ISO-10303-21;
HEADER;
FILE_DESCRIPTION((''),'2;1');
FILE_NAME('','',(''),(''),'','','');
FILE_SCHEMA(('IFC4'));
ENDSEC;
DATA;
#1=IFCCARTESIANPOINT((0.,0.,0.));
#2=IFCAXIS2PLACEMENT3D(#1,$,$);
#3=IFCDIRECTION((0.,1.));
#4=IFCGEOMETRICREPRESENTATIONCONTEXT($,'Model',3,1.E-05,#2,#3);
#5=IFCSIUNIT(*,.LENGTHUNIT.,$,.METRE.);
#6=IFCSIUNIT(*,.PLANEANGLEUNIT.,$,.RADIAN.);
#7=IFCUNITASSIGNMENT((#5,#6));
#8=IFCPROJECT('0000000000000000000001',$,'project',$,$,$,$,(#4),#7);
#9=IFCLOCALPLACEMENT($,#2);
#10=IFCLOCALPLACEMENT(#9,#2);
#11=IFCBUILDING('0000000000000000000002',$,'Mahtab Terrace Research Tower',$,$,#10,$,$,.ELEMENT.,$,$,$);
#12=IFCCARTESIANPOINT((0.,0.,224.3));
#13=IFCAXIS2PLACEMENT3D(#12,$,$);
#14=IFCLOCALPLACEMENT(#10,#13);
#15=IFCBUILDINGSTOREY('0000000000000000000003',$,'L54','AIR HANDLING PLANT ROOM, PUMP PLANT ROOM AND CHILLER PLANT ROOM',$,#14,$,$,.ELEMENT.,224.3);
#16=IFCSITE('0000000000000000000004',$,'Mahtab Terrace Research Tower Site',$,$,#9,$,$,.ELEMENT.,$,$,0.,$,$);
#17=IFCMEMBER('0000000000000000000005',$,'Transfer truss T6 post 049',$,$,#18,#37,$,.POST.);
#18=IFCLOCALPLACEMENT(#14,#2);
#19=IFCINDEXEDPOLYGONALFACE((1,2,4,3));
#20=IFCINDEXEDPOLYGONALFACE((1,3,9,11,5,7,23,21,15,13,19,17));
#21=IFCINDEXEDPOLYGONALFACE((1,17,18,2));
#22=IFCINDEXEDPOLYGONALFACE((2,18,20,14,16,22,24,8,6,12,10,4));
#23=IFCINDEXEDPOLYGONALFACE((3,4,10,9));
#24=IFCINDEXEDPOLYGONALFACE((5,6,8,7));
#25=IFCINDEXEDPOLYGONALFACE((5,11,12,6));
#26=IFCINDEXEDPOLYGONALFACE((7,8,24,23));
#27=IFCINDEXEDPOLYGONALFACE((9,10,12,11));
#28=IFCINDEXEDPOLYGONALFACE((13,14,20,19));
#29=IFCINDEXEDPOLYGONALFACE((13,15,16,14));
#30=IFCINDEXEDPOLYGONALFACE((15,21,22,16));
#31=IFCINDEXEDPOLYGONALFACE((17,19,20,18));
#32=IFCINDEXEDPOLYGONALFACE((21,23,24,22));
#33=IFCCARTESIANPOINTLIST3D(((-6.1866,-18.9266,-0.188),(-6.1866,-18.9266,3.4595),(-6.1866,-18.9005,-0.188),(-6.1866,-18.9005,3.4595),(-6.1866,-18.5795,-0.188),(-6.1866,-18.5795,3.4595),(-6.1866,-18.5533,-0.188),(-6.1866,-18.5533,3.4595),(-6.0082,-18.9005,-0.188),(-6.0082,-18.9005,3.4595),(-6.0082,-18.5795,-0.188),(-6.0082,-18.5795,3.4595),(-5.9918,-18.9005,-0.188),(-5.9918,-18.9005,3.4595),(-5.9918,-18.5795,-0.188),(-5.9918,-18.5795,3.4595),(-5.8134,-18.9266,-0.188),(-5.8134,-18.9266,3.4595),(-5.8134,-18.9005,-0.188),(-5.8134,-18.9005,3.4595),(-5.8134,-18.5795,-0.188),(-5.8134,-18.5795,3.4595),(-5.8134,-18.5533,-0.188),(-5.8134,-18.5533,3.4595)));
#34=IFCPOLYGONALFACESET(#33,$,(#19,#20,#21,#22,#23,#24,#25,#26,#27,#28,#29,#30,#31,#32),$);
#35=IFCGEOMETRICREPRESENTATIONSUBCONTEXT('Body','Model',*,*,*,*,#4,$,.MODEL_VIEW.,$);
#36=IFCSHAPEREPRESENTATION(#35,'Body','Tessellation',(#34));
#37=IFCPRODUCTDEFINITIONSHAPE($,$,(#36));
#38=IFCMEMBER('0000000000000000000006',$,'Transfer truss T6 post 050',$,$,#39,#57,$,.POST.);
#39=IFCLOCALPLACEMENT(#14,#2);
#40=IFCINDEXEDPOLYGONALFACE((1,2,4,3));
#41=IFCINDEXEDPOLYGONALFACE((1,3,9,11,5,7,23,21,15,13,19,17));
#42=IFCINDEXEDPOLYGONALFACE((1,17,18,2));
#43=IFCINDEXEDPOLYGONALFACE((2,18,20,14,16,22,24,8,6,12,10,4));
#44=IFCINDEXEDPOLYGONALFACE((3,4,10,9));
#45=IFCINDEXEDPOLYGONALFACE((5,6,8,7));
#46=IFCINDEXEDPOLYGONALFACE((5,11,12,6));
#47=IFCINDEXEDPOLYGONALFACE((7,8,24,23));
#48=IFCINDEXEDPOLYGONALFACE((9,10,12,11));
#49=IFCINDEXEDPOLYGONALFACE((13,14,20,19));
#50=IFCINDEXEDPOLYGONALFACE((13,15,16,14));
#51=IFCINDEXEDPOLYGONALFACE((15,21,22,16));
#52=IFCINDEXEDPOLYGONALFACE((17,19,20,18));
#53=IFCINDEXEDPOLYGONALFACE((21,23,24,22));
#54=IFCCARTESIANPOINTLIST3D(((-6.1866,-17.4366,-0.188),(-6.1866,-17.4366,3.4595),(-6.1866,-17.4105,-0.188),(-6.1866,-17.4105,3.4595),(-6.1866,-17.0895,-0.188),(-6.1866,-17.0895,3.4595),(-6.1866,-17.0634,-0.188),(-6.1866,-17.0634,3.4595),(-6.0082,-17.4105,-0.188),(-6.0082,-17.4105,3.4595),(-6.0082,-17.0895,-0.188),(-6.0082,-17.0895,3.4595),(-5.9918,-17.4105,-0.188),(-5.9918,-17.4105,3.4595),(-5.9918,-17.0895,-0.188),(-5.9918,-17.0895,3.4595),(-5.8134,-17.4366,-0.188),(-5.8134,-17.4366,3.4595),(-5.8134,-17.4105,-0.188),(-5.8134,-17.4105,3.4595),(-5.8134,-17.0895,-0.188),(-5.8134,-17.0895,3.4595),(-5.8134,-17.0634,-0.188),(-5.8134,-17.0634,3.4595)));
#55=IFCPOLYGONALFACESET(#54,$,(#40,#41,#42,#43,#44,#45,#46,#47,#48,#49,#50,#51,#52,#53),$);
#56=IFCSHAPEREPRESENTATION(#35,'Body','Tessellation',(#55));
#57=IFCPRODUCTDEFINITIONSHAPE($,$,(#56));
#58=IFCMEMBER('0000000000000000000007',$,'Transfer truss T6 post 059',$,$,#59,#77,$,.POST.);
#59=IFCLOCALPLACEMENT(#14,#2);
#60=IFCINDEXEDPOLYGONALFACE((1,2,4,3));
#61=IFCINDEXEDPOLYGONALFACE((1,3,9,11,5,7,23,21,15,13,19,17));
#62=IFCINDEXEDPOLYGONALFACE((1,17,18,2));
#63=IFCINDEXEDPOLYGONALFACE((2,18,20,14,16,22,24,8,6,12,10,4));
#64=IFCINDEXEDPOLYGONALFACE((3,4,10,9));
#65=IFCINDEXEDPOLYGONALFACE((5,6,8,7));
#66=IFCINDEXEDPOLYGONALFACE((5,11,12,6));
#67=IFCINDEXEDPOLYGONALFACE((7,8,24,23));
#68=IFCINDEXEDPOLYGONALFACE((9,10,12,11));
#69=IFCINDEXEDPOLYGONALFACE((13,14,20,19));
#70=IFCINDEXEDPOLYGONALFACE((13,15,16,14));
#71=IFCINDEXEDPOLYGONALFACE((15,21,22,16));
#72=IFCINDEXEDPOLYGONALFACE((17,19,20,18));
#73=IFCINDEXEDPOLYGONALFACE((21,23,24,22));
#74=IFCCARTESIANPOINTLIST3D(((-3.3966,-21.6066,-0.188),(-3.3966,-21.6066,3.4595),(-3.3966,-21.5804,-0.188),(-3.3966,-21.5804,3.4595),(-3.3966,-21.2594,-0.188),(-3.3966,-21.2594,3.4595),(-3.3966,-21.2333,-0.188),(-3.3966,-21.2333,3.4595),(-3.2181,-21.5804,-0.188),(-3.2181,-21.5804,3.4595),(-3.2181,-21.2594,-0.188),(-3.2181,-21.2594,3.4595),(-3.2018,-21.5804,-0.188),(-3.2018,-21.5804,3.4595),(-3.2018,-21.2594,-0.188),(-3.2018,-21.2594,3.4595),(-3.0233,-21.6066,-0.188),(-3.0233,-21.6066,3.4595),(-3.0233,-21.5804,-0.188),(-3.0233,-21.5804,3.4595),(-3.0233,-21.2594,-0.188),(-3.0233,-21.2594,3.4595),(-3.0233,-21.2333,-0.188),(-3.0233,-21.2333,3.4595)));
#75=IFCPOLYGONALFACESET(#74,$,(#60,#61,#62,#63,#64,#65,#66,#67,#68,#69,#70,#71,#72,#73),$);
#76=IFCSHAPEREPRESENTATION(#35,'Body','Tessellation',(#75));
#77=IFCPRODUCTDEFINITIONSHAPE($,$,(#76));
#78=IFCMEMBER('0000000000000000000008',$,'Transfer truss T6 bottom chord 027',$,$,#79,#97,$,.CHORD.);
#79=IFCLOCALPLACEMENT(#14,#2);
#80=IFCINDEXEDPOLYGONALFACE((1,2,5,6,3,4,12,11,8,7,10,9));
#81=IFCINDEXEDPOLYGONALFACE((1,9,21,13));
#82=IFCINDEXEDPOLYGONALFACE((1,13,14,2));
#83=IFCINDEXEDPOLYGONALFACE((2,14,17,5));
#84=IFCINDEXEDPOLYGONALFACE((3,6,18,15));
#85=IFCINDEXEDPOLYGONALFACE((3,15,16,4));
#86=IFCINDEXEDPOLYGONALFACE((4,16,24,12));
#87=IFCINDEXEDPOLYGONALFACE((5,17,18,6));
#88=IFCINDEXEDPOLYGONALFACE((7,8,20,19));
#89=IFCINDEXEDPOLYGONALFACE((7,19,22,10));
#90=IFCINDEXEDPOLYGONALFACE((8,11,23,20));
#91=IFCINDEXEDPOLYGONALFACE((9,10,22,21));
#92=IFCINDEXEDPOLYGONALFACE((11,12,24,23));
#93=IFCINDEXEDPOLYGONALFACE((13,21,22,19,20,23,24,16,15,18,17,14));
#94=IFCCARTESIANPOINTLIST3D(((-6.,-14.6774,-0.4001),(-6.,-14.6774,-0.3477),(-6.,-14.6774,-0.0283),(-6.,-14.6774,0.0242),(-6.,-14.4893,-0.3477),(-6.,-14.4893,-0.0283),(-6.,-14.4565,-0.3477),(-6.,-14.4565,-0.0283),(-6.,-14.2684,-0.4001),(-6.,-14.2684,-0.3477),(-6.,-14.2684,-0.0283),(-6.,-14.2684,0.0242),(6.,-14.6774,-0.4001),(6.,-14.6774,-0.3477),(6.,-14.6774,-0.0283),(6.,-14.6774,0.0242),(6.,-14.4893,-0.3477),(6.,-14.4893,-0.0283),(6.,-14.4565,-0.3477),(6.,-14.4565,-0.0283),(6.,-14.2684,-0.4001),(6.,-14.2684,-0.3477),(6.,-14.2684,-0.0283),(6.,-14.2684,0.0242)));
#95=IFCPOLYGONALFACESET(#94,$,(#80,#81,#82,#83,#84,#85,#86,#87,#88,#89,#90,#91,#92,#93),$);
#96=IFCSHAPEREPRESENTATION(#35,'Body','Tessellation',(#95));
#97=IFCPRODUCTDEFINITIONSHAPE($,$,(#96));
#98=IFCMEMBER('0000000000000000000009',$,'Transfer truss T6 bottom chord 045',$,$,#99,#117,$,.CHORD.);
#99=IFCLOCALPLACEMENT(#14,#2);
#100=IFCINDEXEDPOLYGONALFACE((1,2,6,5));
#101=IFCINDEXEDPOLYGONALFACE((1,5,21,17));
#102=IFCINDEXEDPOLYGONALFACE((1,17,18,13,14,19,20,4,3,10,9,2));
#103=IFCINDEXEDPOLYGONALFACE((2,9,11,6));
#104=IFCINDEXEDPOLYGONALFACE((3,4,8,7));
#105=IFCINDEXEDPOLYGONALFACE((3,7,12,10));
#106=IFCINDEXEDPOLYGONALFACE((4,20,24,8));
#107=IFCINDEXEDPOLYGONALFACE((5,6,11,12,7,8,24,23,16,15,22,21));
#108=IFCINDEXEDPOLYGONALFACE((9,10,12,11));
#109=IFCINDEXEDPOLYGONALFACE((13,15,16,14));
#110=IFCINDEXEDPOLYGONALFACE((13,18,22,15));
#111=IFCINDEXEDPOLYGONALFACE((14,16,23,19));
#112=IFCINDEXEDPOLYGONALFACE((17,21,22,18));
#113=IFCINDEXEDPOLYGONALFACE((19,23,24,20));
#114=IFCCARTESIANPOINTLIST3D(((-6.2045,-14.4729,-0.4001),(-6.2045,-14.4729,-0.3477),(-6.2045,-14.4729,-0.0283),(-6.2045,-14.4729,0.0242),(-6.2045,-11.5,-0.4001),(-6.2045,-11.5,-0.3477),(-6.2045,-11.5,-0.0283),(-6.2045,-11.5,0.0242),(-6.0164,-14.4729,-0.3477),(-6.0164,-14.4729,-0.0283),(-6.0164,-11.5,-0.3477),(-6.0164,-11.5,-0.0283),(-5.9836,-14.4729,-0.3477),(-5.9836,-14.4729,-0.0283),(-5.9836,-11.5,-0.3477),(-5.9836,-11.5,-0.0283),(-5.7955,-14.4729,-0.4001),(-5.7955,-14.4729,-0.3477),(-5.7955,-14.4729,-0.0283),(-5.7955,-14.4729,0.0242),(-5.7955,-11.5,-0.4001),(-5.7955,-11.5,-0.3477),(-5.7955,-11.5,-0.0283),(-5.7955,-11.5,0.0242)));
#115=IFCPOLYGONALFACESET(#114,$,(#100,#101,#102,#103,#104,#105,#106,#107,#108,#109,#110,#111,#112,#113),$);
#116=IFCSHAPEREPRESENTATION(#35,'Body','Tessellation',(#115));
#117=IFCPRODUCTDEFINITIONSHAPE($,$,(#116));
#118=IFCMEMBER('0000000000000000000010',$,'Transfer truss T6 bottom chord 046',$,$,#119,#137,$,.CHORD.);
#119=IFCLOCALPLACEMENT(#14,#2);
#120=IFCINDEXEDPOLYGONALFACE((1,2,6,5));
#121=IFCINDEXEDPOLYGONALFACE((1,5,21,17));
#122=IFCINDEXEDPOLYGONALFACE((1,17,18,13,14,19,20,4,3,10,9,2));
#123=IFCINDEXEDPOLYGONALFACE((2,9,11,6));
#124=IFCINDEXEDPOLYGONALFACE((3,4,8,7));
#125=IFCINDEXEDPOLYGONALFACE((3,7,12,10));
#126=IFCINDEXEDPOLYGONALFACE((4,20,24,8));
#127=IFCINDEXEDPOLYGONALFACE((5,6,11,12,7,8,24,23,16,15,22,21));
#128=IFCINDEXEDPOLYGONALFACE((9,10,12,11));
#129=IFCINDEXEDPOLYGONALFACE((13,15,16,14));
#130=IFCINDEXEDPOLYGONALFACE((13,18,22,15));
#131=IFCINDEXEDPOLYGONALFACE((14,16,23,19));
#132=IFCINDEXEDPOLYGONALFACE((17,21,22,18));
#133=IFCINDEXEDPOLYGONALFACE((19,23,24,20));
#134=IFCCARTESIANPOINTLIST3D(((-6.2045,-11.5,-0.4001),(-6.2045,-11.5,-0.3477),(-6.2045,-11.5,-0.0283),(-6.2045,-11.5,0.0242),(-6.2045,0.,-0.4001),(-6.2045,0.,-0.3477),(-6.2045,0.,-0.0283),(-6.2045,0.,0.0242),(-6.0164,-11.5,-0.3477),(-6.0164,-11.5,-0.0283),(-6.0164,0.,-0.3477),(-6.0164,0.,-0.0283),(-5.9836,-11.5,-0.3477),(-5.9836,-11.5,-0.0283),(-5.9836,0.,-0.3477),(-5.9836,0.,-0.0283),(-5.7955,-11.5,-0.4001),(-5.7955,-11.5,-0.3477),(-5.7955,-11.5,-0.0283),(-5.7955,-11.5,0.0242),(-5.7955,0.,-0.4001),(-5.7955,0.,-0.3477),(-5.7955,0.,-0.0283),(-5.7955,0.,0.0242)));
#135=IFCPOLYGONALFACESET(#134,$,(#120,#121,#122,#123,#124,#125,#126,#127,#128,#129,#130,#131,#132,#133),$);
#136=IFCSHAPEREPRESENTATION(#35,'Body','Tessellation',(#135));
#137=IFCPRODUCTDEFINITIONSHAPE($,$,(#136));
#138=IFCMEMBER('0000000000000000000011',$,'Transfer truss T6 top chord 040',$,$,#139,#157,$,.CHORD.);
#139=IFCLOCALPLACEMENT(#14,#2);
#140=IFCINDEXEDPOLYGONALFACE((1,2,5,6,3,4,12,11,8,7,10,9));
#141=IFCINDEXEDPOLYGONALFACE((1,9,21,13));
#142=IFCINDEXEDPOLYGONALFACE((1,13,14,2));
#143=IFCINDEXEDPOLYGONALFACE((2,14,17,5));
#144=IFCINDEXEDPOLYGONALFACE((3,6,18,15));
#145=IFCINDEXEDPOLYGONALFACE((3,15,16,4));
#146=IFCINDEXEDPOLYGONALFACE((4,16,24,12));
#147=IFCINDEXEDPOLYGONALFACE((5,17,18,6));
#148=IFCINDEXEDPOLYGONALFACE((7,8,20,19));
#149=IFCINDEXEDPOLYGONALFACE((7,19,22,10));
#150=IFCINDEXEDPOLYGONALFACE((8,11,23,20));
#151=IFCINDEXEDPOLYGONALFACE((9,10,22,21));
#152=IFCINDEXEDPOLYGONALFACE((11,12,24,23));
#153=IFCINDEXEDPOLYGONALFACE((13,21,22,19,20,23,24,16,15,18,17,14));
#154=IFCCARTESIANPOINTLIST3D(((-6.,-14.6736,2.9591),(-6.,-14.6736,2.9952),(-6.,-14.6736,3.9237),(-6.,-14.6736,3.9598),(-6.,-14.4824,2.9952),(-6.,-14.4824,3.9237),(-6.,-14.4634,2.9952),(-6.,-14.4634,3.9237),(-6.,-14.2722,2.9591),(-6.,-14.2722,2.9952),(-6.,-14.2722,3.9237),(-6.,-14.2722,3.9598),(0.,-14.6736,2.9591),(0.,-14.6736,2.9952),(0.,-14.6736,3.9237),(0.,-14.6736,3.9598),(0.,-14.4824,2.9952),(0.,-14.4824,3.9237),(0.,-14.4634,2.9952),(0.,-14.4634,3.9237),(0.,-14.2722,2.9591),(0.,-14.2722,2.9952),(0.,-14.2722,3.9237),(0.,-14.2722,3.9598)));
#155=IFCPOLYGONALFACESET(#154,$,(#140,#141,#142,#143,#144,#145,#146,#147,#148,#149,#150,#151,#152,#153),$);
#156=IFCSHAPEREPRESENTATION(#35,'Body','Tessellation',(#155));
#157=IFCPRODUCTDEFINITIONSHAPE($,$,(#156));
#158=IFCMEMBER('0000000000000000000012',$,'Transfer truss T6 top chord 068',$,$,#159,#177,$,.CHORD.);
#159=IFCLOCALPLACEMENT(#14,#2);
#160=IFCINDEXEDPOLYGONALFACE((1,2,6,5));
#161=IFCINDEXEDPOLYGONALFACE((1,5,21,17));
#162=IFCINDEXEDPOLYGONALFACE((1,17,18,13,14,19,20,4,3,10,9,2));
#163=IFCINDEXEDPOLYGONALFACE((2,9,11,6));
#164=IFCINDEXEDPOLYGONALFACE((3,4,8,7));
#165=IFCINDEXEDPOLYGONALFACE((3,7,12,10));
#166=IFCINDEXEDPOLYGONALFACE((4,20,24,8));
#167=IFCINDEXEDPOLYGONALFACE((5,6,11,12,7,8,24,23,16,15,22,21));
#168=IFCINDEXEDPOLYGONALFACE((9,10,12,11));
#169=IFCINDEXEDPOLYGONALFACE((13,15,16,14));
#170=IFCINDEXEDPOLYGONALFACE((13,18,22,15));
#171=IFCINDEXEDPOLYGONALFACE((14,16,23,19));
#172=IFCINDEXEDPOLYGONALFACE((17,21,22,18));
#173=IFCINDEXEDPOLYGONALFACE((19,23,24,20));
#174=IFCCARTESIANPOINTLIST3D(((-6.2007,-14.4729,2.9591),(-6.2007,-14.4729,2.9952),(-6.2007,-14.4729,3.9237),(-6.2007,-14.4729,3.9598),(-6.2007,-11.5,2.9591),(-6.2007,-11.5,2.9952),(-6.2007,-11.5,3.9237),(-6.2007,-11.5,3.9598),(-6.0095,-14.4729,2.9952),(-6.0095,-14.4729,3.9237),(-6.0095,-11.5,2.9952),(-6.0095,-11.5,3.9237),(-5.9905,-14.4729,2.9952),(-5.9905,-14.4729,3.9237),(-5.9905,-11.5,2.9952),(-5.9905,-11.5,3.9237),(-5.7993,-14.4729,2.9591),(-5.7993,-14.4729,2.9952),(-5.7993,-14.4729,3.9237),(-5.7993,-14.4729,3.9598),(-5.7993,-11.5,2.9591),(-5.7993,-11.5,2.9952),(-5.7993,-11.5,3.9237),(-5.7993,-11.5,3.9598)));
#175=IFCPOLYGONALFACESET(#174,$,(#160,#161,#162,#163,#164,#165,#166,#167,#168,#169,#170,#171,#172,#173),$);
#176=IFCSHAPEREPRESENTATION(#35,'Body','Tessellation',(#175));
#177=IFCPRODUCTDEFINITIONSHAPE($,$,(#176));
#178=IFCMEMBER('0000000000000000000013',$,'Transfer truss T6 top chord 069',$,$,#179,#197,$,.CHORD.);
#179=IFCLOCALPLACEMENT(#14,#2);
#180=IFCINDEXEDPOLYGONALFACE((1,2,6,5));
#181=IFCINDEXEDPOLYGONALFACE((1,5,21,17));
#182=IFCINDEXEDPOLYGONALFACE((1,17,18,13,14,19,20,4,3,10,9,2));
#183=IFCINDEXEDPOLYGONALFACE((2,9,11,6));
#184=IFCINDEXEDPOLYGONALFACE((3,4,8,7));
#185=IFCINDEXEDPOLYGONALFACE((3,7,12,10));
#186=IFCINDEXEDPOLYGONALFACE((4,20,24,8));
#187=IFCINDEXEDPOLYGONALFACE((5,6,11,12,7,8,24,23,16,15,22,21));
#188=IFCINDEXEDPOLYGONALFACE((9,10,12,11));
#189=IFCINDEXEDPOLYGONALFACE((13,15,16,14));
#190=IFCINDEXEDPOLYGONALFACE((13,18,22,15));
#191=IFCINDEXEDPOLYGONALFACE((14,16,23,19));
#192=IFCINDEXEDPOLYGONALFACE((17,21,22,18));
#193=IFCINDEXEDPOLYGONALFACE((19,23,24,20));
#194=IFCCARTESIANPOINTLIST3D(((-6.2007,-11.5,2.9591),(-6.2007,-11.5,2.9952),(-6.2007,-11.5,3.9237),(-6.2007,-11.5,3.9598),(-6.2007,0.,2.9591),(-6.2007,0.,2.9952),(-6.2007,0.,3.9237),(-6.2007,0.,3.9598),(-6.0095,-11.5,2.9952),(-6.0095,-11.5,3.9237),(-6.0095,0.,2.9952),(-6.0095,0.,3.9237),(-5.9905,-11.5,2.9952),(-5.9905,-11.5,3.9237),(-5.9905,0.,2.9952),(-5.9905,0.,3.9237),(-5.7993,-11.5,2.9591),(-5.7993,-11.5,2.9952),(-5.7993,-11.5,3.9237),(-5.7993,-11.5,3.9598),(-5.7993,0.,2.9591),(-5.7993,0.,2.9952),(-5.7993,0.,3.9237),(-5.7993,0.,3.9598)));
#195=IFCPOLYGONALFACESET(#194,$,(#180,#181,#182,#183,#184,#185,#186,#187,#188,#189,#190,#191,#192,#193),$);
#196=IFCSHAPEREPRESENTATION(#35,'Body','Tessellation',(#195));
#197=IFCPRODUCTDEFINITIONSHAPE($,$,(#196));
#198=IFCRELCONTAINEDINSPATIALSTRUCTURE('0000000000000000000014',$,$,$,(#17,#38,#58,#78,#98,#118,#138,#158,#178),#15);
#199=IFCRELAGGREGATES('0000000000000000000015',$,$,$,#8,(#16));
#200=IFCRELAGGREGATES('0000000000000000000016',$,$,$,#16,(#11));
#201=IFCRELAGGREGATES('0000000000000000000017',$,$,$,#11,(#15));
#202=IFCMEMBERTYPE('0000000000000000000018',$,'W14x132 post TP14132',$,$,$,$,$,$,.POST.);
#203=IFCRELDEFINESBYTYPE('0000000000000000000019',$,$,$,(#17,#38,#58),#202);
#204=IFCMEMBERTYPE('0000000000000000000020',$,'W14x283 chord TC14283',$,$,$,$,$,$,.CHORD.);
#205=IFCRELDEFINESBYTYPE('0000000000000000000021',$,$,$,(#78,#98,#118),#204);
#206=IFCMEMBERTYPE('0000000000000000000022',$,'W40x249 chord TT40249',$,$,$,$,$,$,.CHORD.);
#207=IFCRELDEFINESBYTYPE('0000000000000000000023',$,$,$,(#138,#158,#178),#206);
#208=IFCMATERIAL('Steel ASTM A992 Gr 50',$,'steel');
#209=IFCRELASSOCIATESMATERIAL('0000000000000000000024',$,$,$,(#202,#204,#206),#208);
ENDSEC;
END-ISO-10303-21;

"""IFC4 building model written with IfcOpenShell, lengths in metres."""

from ifc_helpers import new_model, si_unit, direction, frame, origin, origin_2d, place, context, subcontext, project, spatial, i_section, extrude, material, material_profile, profile_set, type_object, element, save


model = new_model("IFC4")

# Units and contexts
model_context = context("Model", 3, precision=1e-05, world=origin(), true_north=direction((0.0, 1.0)))
body_context = subcontext(model_context, "Body", "Model", "MODEL_VIEW")
ifc_project = project(units=[si_unit("LENGTHUNIT", "METRE"), si_unit("PLANEANGLEUNIT", "RADIAN")], contexts=[model_context])

# Site, building, storey
site_placement = place(None, origin())
site = spatial("IfcSite", under=ifc_project, at=site_placement, Name="Mahtab Terrace Research Tower Site", CompositionType="ELEMENT", RefElevation=0.0)
building_placement = place(site_placement, origin())
building = spatial("IfcBuilding", under=site, at=building_placement, Name="Mahtab Terrace Research Tower", CompositionType="ELEMENT")
storey_placement = place(building_placement, frame((0.0, 0.0, 224.3)))
storey = spatial("IfcBuildingStorey", under=building, at=storey_placement, Name="L54", Description="AIR HANDLING PLANT ROOM, PUMP PLANT ROOM AND CHILLER PLANT ROOM", CompositionType="ELEMENT", Elevation=224.3)

# Shared definitions
ifc_material_1 = material(Name="Steel ASTM A992 Gr 50", Category="steel")

# Members
ifc_material_profile_1 = material_profile(ifc_material_1, i_section(OverallWidth=0.3733, OverallDepth=0.3733, WebThickness=0.0164, FlangeThickness=0.0261, at=origin_2d()), Name="W14X132")
ifc_profile_set_1 = profile_set([ifc_material_profile_1], Name="Steel ASTM A992 Gr 50")
member_type_1 = type_object("IfcMemberType", Name="W14x132 post TP14132", PredefinedType="POST", material=ifc_profile_set_1)
for number, where, z_axis, x_axis, name in (
    (1, (-6.0, -18.74, -0.188), (0.0, 0.0, 1.0), (1.0, 0.0, 0.0), "Transfer truss T6 post 049"),
    (2, (-6.0, -17.25, -0.188), (0.0, 0.0, 1.0), (1.0, 0.0, 0.0), "Transfer truss T6 post 050"),
    (3, (-3.21, -21.4199, -0.188), (0.0, 0.0, 1.0), (1.0, 0.0, 0.0), "Transfer truss T6 post 059"),
):
    element("IfcMember", number, at=place(storey_placement, frame(where, z_axis=z_axis, x_axis=x_axis)), inside=storey, type_object=member_type_1, Name=name, PredefinedType="POST", context=body_context, shape_type="SweptSolid", body=[
        extrude(i_section(OverallWidth=0.3733, OverallDepth=0.3733, WebThickness=0.0164, FlangeThickness=0.0261, at=origin_2d()), origin(), (0.0, 0.0, 1.0), 3.6475),
    ])
ifc_material_profile_2 = material_profile(ifc_material_1, i_section(OverallWidth=0.4089, OverallDepth=0.4243, WebThickness=0.0327, FlangeThickness=0.0525, at=origin_2d()), Name="W14X283")
ifc_profile_set_2 = profile_set([ifc_material_profile_2], Name="Steel ASTM A992 Gr 50")
member_type_2 = type_object("IfcMemberType", Name="W14x283 chord TC14283", PredefinedType="CHORD", material=ifc_profile_set_2)
member_1_placement = place(storey_placement, frame((-6.0, -14.4729, -0.188), z_axis=(1.0, 0.0, 0.0), x_axis=(0.0, 1.0, 0.0)))
element("IfcMember", 4, at=member_1_placement, inside=storey, type_object=member_type_2, Name="Transfer truss T6 bottom chord 027", PredefinedType="CHORD", context=body_context, shape_type="SweptSolid", body=[
    extrude(i_section(OverallWidth=0.4089, OverallDepth=0.4243, WebThickness=0.0327, FlangeThickness=0.0525, at=origin_2d()), origin(), (0.0, 0.0, 1.0), 12.0),
])
member_2_placement = place(storey_placement, frame((-6.0, -14.4729, -0.188), z_axis=(0.0, 1.0, 0.0), x_axis=(-1.0, 0.0, 0.0)))
element("IfcMember", 5, at=member_2_placement, inside=storey, type_object=member_type_2, Name="Transfer truss T6 bottom chord 045", PredefinedType="CHORD", context=body_context, shape_type="SweptSolid", body=[
    extrude(i_section(OverallWidth=0.4089, OverallDepth=0.4243, WebThickness=0.0327, FlangeThickness=0.0525, at=origin_2d()), origin(), (0.0, 0.0, 1.0), 2.9729),
])
member_3_placement = place(storey_placement, frame((-6.0, -11.5, -0.188), z_axis=(0.0, 1.0, 0.0), x_axis=(-1.0, 0.0, 0.0)))
element("IfcMember", 6, at=member_3_placement, inside=storey, type_object=member_type_2, Name="Transfer truss T6 bottom chord 046", PredefinedType="CHORD", context=body_context, shape_type="SweptSolid", body=[
    extrude(i_section(OverallWidth=0.4089, OverallDepth=0.4243, WebThickness=0.0327, FlangeThickness=0.0525, at=origin_2d()), origin(), (0.0, 0.0, 1.0), 11.5),
])
ifc_material_profile_3 = material_profile(ifc_material_1, i_section(OverallWidth=0.4014, OverallDepth=1.0007, WebThickness=0.019, FlangeThickness=0.0361, at=origin_2d()), Name="W40X249")
ifc_profile_set_3 = profile_set([ifc_material_profile_3], Name="Steel ASTM A992 Gr 50")
member_type_3 = type_object("IfcMemberType", Name="W40x249 chord TT40249", PredefinedType="CHORD", material=ifc_profile_set_3)
member_4_placement = place(storey_placement, frame((-6.0, -14.4729, 3.4595), z_axis=(1.0, 0.0, 0.0), x_axis=(0.0, 1.0, 0.0)))
element("IfcMember", 7, at=member_4_placement, inside=storey, type_object=member_type_3, Name="Transfer truss T6 top chord 040", PredefinedType="CHORD", context=body_context, shape_type="SweptSolid", body=[
    extrude(i_section(OverallWidth=0.4014, OverallDepth=1.0007, WebThickness=0.019, FlangeThickness=0.0361, at=origin_2d()), origin(), (0.0, 0.0, 1.0), 6.0),
])
member_5_placement = place(storey_placement, frame((-6.0, -14.4729, 3.4595), z_axis=(0.0, 1.0, 0.0), x_axis=(-1.0, 0.0, 0.0)))
element("IfcMember", 8, at=member_5_placement, inside=storey, type_object=member_type_3, Name="Transfer truss T6 top chord 068", PredefinedType="CHORD", context=body_context, shape_type="SweptSolid", body=[
    extrude(i_section(OverallWidth=0.4014, OverallDepth=1.0007, WebThickness=0.019, FlangeThickness=0.0361, at=origin_2d()), origin(), (0.0, 0.0, 1.0), 2.9729),
])
member_6_placement = place(storey_placement, frame((-6.0, -11.5, 3.4595), z_axis=(0.0, 1.0, 0.0), x_axis=(-1.0, 0.0, 0.0)))
element("IfcMember", 9, at=member_6_placement, inside=storey, type_object=member_type_3, Name="Transfer truss T6 top chord 069", PredefinedType="CHORD", context=body_context, shape_type="SweptSolid", body=[
    extrude(i_section(OverallWidth=0.4014, OverallDepth=1.0007, WebThickness=0.019, FlangeThickness=0.0361, at=origin_2d()), origin(), (0.0, 0.0, 1.0), 11.5),
])

save(model, "model.ifc")
